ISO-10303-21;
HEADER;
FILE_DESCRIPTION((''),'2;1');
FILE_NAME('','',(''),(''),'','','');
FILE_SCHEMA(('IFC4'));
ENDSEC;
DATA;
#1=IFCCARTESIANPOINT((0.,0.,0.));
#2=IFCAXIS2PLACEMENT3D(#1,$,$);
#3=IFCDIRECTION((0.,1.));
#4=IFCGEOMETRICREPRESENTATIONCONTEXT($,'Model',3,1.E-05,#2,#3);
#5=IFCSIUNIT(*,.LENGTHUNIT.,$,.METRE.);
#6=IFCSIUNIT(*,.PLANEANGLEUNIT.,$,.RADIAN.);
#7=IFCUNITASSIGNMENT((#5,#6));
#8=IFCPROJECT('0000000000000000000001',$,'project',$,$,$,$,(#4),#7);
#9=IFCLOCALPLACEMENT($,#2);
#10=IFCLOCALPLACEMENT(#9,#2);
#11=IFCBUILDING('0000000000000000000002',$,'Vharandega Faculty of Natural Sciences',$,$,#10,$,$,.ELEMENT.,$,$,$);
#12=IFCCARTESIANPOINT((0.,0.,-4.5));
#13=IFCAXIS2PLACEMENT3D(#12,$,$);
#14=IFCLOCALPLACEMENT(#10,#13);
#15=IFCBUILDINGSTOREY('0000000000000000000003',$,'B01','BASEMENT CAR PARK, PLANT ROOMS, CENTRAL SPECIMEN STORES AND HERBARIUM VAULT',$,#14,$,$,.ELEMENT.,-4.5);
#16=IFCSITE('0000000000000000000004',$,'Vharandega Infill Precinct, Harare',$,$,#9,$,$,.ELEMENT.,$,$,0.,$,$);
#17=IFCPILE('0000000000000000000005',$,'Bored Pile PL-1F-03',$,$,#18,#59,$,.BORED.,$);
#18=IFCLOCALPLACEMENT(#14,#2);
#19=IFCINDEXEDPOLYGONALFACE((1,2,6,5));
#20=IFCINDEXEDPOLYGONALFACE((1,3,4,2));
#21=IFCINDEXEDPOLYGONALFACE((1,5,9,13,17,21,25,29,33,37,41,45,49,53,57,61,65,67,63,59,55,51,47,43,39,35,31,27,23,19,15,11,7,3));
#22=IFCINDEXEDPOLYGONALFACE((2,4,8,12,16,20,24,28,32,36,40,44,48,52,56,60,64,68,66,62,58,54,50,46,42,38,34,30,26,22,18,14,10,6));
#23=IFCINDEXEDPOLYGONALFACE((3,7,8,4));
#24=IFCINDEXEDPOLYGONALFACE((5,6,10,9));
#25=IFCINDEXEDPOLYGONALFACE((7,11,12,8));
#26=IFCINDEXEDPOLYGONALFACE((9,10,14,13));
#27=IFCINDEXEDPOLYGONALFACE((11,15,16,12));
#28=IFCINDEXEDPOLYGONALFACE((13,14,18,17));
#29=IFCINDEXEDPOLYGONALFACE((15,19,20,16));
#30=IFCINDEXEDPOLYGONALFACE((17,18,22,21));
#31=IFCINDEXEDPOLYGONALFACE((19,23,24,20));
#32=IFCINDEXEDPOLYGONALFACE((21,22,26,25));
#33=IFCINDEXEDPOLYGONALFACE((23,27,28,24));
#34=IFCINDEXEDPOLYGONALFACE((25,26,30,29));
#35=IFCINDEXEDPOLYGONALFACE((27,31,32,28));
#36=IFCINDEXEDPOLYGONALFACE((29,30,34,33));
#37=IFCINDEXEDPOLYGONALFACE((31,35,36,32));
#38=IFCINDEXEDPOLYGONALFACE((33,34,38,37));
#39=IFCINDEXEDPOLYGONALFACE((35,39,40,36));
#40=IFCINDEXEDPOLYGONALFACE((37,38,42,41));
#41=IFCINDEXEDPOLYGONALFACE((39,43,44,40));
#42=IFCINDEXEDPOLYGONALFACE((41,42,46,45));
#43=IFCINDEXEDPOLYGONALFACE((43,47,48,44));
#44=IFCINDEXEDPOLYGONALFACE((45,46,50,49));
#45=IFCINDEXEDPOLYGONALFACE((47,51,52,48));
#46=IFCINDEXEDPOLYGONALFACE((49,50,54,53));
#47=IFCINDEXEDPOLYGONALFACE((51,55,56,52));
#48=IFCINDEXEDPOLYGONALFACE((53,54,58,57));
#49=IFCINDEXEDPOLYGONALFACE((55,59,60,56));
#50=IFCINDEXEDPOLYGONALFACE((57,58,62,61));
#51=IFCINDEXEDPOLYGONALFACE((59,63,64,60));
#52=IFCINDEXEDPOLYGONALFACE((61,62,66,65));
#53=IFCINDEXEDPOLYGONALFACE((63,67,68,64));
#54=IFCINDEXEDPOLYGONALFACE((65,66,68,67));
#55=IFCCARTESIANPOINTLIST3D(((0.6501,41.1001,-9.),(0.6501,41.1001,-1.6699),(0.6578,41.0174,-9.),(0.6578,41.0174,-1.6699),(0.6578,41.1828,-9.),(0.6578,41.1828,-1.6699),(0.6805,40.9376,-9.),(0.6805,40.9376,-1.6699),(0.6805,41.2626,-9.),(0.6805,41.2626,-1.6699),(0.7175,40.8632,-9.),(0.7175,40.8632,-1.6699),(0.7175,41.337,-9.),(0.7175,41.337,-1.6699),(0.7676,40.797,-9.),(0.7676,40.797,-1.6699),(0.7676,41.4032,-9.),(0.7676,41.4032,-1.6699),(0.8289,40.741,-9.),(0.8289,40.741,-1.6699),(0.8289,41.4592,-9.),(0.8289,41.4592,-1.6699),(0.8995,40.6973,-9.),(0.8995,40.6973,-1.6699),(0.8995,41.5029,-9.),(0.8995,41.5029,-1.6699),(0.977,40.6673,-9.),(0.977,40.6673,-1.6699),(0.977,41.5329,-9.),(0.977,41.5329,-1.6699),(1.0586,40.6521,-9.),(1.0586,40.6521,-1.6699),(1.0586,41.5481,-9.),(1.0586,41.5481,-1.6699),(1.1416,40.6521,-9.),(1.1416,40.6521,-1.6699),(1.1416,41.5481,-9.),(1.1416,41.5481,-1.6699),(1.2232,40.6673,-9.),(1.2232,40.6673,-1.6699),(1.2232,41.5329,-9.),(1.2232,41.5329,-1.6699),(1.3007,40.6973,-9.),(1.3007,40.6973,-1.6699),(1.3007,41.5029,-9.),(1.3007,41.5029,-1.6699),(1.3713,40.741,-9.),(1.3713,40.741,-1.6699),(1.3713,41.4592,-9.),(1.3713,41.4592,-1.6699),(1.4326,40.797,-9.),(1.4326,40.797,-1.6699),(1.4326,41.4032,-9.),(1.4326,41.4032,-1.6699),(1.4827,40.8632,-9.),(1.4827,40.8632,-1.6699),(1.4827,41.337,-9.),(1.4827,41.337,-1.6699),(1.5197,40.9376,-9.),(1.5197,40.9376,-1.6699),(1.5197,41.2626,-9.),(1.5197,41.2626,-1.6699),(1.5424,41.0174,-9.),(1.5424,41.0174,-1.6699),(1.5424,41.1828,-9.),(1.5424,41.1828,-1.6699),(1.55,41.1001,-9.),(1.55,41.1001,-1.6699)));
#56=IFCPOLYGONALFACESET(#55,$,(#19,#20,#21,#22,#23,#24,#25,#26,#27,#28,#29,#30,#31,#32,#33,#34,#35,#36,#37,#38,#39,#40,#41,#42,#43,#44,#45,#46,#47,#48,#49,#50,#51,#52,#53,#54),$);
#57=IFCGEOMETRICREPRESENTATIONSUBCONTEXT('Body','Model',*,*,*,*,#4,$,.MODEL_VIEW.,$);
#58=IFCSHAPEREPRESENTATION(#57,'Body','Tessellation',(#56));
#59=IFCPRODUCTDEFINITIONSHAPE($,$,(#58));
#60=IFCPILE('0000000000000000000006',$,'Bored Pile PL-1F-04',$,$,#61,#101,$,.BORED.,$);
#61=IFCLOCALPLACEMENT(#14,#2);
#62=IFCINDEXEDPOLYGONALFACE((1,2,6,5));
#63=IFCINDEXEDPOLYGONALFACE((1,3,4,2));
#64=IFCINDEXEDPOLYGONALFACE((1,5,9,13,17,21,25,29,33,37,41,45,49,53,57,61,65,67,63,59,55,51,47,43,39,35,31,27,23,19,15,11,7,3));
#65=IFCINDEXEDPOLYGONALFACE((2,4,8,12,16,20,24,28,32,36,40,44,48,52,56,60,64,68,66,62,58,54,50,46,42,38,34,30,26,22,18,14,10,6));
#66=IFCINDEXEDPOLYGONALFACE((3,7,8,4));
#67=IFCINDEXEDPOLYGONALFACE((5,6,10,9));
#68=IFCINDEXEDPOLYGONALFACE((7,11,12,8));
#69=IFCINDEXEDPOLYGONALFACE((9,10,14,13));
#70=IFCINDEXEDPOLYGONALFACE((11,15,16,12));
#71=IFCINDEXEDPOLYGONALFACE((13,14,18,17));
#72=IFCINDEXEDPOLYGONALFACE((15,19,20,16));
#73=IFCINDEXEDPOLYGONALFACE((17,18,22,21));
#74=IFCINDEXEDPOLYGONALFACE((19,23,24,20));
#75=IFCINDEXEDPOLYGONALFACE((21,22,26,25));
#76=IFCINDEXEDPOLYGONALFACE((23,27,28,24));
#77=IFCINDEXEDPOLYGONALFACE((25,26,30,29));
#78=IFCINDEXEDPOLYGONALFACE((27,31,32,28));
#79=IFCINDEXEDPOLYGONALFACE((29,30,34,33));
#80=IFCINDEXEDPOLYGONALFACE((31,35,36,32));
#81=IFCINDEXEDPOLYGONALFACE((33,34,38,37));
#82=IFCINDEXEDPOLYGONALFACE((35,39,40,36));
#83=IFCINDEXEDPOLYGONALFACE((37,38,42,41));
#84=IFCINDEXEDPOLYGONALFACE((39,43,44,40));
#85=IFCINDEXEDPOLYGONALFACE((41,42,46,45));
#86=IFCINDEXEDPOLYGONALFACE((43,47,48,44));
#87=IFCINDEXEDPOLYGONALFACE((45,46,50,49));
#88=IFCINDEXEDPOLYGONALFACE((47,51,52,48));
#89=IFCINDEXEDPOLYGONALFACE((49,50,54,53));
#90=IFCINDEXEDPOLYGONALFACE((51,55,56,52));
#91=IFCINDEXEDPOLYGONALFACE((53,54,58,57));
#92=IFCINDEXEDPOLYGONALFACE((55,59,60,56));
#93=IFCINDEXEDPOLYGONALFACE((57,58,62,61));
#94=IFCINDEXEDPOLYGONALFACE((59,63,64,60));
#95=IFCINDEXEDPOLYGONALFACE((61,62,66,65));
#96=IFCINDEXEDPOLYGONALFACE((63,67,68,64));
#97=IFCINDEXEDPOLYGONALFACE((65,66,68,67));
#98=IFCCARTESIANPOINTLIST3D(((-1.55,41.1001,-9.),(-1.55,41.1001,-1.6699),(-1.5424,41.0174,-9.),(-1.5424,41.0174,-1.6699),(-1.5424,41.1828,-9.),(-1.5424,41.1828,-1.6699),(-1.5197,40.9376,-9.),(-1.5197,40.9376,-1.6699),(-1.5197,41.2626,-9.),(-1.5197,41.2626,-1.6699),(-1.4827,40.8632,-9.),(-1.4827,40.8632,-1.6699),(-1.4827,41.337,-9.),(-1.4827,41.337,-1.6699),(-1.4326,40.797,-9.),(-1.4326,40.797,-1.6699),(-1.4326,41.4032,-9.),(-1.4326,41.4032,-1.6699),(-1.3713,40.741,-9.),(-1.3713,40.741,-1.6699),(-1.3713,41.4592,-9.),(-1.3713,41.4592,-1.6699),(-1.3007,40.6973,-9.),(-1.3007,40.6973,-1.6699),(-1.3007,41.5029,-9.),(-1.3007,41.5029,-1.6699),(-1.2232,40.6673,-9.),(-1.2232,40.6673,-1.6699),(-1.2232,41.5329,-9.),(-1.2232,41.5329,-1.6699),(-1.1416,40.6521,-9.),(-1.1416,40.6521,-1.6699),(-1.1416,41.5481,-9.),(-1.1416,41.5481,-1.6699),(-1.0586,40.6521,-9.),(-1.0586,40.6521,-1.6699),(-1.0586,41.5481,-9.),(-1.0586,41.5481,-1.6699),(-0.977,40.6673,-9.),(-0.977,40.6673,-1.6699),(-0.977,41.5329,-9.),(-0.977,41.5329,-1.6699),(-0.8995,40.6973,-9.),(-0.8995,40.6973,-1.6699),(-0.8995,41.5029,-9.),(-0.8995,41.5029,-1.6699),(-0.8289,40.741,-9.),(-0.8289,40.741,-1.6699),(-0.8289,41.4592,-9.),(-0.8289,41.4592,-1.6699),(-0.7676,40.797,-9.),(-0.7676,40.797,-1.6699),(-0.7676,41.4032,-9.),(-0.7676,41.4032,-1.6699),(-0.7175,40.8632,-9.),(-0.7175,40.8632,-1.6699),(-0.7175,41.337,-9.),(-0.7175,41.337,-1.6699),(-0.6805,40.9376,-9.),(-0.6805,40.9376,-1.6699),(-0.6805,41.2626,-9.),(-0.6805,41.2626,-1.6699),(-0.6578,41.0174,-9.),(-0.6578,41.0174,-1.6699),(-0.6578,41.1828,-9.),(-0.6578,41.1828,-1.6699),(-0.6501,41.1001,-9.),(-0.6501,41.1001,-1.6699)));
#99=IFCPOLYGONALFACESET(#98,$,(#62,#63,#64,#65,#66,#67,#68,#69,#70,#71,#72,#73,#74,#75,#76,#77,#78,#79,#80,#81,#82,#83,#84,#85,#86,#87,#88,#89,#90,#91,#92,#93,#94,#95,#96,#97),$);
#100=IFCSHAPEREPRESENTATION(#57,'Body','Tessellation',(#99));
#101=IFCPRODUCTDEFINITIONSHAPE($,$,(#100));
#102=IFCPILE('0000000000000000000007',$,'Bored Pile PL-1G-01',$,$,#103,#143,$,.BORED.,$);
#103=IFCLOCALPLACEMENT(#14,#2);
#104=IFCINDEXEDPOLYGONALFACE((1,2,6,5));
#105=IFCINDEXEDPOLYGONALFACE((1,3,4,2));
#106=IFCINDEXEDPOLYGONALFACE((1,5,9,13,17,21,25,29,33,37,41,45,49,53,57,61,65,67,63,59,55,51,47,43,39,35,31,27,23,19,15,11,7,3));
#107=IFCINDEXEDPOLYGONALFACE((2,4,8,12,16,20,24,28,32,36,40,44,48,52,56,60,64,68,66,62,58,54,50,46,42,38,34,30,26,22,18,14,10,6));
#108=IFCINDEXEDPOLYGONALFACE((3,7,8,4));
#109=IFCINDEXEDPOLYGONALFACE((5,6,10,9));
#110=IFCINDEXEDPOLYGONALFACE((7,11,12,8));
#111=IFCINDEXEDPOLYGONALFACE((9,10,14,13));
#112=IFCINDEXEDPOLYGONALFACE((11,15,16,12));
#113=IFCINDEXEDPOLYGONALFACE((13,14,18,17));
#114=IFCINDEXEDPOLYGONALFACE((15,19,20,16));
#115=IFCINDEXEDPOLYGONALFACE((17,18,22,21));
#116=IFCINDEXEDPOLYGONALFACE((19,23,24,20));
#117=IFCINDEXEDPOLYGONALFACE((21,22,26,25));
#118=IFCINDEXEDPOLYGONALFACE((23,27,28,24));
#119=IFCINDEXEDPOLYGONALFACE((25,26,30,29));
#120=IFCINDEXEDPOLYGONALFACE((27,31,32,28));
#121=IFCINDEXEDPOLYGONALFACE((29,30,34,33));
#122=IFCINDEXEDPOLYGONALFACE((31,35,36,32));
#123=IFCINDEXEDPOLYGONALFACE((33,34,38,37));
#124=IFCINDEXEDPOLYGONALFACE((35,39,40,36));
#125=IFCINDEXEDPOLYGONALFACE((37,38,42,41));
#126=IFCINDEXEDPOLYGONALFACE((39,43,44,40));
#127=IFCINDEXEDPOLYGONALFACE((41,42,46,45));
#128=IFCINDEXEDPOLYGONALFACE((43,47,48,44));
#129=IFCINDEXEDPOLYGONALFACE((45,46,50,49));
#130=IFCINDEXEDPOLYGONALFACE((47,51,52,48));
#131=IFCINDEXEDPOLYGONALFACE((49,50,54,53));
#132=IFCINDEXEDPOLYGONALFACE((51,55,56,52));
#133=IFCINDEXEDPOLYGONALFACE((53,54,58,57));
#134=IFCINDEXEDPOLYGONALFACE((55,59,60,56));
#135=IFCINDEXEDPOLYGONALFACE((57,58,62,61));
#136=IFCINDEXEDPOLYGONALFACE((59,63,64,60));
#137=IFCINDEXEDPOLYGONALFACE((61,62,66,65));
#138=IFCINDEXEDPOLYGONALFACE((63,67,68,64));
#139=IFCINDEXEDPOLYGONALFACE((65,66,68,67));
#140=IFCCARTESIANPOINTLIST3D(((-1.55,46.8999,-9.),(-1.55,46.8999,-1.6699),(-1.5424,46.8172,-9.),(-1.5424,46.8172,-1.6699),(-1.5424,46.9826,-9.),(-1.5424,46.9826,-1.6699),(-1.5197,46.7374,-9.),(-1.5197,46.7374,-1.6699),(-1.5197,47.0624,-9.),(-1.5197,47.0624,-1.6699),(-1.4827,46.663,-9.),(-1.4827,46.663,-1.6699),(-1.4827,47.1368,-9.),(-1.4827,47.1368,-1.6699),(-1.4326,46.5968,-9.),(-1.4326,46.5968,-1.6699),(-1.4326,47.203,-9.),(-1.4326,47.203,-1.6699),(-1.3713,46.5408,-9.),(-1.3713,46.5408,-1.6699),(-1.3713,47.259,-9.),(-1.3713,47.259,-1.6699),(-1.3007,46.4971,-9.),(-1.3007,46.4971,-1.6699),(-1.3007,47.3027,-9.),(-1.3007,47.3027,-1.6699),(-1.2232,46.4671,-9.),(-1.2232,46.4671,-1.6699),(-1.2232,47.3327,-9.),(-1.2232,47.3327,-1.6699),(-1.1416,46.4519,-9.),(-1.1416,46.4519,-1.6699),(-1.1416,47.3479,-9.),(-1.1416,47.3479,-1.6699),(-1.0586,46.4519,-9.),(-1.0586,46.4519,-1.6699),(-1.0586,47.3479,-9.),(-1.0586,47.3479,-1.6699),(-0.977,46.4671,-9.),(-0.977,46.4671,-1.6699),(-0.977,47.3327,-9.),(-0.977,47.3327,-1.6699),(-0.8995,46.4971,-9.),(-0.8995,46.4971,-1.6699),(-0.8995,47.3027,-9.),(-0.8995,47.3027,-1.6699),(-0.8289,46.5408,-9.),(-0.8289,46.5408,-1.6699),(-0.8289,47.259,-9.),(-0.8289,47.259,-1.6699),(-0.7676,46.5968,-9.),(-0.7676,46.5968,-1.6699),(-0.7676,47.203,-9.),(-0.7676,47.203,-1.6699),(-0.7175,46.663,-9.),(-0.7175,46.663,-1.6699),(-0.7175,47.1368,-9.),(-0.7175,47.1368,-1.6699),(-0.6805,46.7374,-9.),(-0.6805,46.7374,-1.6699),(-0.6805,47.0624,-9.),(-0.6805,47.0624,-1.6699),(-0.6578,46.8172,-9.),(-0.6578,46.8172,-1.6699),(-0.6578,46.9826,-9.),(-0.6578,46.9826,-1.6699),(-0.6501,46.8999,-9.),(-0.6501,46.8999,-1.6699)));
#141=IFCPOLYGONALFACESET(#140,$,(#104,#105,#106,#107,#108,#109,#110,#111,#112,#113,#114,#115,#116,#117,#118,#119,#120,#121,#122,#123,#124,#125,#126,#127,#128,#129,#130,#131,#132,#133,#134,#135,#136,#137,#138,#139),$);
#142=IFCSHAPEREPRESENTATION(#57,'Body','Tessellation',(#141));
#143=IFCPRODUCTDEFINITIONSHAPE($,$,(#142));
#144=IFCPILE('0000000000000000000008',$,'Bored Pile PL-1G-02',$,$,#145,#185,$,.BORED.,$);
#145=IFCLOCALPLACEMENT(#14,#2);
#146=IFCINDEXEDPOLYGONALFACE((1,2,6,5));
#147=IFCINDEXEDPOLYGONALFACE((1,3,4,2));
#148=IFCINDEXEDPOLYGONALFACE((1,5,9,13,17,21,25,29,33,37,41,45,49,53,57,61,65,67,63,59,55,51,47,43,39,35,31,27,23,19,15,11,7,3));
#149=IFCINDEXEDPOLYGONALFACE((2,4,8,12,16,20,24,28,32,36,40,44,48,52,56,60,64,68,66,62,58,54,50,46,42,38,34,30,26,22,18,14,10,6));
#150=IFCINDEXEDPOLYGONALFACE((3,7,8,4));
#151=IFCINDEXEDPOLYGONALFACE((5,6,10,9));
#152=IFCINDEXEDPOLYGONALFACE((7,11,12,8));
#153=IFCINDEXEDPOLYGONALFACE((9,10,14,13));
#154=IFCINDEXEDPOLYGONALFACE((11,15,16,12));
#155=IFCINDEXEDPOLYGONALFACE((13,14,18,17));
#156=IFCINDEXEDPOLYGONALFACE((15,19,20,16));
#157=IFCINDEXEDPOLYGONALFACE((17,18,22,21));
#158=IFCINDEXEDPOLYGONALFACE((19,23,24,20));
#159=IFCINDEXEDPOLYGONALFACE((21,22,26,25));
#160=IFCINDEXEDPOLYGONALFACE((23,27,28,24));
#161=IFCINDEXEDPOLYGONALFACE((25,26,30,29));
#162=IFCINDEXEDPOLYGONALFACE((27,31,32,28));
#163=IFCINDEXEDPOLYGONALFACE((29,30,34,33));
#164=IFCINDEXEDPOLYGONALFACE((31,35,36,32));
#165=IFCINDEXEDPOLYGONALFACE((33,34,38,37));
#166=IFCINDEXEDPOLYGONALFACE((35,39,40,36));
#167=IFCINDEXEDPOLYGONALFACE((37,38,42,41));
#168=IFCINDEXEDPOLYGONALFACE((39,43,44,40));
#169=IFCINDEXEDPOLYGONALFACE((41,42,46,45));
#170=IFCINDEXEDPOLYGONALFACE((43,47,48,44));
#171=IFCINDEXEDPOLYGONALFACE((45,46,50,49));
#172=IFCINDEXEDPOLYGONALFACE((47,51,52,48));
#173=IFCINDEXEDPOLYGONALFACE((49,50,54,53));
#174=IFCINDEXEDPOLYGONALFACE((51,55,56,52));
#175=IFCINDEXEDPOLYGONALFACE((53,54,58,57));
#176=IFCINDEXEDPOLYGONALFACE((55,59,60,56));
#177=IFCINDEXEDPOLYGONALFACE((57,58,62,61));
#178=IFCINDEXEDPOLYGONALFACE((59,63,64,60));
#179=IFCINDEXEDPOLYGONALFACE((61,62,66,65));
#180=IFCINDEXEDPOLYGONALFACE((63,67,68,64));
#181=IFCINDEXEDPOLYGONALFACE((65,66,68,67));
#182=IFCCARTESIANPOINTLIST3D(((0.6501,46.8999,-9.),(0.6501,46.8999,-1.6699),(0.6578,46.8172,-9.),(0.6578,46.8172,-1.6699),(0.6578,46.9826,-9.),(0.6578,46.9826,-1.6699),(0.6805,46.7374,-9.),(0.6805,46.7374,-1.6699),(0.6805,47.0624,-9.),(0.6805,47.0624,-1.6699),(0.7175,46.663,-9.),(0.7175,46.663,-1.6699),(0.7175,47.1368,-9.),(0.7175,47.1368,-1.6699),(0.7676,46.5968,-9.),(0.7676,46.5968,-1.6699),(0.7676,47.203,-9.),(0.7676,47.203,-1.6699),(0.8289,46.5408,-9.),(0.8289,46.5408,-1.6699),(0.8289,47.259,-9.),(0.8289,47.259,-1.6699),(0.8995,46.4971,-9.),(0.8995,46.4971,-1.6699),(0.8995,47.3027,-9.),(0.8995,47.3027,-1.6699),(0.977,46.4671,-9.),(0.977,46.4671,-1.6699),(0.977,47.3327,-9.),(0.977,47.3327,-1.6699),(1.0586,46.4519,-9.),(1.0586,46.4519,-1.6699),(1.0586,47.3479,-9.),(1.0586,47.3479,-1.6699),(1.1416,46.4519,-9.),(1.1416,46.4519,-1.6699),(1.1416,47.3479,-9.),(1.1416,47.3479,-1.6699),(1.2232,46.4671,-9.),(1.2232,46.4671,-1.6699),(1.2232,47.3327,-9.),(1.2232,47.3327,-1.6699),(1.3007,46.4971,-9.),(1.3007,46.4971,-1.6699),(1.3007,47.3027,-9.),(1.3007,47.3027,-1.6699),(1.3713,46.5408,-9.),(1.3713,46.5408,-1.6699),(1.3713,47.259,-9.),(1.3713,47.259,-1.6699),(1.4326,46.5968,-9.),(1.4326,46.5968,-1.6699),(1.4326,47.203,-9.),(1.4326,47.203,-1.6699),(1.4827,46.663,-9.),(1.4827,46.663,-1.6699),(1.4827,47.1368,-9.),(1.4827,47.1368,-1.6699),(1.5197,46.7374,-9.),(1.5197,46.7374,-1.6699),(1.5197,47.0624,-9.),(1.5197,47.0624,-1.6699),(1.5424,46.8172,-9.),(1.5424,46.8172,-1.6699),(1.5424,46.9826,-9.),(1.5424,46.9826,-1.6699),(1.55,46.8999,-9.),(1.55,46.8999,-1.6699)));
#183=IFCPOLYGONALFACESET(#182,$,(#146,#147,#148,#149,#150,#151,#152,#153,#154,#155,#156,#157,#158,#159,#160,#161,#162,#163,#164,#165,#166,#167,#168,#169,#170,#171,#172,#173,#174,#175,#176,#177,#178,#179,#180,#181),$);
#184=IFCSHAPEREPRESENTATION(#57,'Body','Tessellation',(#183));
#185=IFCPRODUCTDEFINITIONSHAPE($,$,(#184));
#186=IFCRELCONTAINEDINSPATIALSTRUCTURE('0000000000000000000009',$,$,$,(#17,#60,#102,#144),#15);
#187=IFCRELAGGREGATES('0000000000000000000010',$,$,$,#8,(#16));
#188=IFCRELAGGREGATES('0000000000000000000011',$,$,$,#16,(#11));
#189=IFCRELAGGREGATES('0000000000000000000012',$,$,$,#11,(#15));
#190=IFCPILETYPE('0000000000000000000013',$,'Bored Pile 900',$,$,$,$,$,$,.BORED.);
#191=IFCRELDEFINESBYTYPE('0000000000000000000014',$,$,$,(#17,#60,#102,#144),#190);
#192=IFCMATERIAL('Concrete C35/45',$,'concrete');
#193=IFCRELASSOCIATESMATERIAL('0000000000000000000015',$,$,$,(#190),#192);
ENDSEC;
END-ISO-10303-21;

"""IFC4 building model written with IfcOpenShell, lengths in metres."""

from ifc_helpers import new_model, si_unit, direction, frame, origin, origin_2d, place, context, subcontext, project, spatial, circle, extrude, material, material_profile, profile_set, type_object, element, save


model = new_model("IFC4")

# Units and contexts
model_context = context("Model", 3, precision=1e-05, world=origin(), true_north=direction((0.0, 1.0)))
body_context = subcontext(model_context, "Body", "Model", "MODEL_VIEW")
ifc_project = project(units=[si_unit("LENGTHUNIT", "METRE"), si_unit("PLANEANGLEUNIT", "RADIAN")], contexts=[model_context])

# Site, building, storey
site_placement = place(None, origin())
site = spatial("IfcSite", under=ifc_project, at=site_placement, Name="Vharandega Infill Precinct, Harare", CompositionType="ELEMENT", RefElevation=0.0)
building_placement = place(site_placement, origin())
building = spatial("IfcBuilding", under=site, at=building_placement, Name="Vharandega Faculty of Natural Sciences", CompositionType="ELEMENT")
storey_placement = place(building_placement, frame((0.0, 0.0, -4.5)))
storey = spatial("IfcBuildingStorey", under=building, at=storey_placement, Name="B01", Description="BASEMENT CAR PARK, PLANT ROOMS, CENTRAL SPECIMEN STORES AND HERBARIUM VAULT", CompositionType="ELEMENT", Elevation=-4.5)

# Piles
ifc_material_1 = material(Name="Concrete C35/45", Category="concrete")
ifc_material_profile_1 = material_profile(ifc_material_1, circle(Radius=0.45, at=origin_2d()), Name="PILE 900")
ifc_profile_set_1 = profile_set([ifc_material_profile_1], Name="Concrete C35/45")
pile_type = type_object("IfcPileType", Name="Bored Pile 900", PredefinedType="BORED", material=ifc_profile_set_1)
for number, where, z_axis, x_axis, name in (
    (1, (1.1001, 41.1001, -1.6699), (0.0, 0.0, -1.0), (1.0, 0.0, 0.0), "Bored Pile PL-1F-03"),
    (2, (-1.1001, 41.1001, -1.6699), (0.0, 0.0, -1.0), (1.0, 0.0, 0.0), "Bored Pile PL-1F-04"),
    (3, (-1.1001, 46.8999, -1.6699), (0.0, 0.0, -1.0), (1.0, 0.0, 0.0), "Bored Pile PL-1G-01"),
    (4, (1.1001, 46.8999, -1.6699), (0.0, 0.0, -1.0), (1.0, 0.0, 0.0), "Bored Pile PL-1G-02"),
):
    element("IfcPile", number, at=place(storey_placement, frame(where, z_axis=z_axis, x_axis=x_axis)), inside=storey, type_object=pile_type, Name=name, PredefinedType="BORED", context=body_context, shape_type="SweptSolid", body=[
        extrude(circle(Radius=0.45, at=origin_2d()), origin(), (0.0, 0.0, 1.0), 7.3301),
    ])

save(model, "model.ifc")
